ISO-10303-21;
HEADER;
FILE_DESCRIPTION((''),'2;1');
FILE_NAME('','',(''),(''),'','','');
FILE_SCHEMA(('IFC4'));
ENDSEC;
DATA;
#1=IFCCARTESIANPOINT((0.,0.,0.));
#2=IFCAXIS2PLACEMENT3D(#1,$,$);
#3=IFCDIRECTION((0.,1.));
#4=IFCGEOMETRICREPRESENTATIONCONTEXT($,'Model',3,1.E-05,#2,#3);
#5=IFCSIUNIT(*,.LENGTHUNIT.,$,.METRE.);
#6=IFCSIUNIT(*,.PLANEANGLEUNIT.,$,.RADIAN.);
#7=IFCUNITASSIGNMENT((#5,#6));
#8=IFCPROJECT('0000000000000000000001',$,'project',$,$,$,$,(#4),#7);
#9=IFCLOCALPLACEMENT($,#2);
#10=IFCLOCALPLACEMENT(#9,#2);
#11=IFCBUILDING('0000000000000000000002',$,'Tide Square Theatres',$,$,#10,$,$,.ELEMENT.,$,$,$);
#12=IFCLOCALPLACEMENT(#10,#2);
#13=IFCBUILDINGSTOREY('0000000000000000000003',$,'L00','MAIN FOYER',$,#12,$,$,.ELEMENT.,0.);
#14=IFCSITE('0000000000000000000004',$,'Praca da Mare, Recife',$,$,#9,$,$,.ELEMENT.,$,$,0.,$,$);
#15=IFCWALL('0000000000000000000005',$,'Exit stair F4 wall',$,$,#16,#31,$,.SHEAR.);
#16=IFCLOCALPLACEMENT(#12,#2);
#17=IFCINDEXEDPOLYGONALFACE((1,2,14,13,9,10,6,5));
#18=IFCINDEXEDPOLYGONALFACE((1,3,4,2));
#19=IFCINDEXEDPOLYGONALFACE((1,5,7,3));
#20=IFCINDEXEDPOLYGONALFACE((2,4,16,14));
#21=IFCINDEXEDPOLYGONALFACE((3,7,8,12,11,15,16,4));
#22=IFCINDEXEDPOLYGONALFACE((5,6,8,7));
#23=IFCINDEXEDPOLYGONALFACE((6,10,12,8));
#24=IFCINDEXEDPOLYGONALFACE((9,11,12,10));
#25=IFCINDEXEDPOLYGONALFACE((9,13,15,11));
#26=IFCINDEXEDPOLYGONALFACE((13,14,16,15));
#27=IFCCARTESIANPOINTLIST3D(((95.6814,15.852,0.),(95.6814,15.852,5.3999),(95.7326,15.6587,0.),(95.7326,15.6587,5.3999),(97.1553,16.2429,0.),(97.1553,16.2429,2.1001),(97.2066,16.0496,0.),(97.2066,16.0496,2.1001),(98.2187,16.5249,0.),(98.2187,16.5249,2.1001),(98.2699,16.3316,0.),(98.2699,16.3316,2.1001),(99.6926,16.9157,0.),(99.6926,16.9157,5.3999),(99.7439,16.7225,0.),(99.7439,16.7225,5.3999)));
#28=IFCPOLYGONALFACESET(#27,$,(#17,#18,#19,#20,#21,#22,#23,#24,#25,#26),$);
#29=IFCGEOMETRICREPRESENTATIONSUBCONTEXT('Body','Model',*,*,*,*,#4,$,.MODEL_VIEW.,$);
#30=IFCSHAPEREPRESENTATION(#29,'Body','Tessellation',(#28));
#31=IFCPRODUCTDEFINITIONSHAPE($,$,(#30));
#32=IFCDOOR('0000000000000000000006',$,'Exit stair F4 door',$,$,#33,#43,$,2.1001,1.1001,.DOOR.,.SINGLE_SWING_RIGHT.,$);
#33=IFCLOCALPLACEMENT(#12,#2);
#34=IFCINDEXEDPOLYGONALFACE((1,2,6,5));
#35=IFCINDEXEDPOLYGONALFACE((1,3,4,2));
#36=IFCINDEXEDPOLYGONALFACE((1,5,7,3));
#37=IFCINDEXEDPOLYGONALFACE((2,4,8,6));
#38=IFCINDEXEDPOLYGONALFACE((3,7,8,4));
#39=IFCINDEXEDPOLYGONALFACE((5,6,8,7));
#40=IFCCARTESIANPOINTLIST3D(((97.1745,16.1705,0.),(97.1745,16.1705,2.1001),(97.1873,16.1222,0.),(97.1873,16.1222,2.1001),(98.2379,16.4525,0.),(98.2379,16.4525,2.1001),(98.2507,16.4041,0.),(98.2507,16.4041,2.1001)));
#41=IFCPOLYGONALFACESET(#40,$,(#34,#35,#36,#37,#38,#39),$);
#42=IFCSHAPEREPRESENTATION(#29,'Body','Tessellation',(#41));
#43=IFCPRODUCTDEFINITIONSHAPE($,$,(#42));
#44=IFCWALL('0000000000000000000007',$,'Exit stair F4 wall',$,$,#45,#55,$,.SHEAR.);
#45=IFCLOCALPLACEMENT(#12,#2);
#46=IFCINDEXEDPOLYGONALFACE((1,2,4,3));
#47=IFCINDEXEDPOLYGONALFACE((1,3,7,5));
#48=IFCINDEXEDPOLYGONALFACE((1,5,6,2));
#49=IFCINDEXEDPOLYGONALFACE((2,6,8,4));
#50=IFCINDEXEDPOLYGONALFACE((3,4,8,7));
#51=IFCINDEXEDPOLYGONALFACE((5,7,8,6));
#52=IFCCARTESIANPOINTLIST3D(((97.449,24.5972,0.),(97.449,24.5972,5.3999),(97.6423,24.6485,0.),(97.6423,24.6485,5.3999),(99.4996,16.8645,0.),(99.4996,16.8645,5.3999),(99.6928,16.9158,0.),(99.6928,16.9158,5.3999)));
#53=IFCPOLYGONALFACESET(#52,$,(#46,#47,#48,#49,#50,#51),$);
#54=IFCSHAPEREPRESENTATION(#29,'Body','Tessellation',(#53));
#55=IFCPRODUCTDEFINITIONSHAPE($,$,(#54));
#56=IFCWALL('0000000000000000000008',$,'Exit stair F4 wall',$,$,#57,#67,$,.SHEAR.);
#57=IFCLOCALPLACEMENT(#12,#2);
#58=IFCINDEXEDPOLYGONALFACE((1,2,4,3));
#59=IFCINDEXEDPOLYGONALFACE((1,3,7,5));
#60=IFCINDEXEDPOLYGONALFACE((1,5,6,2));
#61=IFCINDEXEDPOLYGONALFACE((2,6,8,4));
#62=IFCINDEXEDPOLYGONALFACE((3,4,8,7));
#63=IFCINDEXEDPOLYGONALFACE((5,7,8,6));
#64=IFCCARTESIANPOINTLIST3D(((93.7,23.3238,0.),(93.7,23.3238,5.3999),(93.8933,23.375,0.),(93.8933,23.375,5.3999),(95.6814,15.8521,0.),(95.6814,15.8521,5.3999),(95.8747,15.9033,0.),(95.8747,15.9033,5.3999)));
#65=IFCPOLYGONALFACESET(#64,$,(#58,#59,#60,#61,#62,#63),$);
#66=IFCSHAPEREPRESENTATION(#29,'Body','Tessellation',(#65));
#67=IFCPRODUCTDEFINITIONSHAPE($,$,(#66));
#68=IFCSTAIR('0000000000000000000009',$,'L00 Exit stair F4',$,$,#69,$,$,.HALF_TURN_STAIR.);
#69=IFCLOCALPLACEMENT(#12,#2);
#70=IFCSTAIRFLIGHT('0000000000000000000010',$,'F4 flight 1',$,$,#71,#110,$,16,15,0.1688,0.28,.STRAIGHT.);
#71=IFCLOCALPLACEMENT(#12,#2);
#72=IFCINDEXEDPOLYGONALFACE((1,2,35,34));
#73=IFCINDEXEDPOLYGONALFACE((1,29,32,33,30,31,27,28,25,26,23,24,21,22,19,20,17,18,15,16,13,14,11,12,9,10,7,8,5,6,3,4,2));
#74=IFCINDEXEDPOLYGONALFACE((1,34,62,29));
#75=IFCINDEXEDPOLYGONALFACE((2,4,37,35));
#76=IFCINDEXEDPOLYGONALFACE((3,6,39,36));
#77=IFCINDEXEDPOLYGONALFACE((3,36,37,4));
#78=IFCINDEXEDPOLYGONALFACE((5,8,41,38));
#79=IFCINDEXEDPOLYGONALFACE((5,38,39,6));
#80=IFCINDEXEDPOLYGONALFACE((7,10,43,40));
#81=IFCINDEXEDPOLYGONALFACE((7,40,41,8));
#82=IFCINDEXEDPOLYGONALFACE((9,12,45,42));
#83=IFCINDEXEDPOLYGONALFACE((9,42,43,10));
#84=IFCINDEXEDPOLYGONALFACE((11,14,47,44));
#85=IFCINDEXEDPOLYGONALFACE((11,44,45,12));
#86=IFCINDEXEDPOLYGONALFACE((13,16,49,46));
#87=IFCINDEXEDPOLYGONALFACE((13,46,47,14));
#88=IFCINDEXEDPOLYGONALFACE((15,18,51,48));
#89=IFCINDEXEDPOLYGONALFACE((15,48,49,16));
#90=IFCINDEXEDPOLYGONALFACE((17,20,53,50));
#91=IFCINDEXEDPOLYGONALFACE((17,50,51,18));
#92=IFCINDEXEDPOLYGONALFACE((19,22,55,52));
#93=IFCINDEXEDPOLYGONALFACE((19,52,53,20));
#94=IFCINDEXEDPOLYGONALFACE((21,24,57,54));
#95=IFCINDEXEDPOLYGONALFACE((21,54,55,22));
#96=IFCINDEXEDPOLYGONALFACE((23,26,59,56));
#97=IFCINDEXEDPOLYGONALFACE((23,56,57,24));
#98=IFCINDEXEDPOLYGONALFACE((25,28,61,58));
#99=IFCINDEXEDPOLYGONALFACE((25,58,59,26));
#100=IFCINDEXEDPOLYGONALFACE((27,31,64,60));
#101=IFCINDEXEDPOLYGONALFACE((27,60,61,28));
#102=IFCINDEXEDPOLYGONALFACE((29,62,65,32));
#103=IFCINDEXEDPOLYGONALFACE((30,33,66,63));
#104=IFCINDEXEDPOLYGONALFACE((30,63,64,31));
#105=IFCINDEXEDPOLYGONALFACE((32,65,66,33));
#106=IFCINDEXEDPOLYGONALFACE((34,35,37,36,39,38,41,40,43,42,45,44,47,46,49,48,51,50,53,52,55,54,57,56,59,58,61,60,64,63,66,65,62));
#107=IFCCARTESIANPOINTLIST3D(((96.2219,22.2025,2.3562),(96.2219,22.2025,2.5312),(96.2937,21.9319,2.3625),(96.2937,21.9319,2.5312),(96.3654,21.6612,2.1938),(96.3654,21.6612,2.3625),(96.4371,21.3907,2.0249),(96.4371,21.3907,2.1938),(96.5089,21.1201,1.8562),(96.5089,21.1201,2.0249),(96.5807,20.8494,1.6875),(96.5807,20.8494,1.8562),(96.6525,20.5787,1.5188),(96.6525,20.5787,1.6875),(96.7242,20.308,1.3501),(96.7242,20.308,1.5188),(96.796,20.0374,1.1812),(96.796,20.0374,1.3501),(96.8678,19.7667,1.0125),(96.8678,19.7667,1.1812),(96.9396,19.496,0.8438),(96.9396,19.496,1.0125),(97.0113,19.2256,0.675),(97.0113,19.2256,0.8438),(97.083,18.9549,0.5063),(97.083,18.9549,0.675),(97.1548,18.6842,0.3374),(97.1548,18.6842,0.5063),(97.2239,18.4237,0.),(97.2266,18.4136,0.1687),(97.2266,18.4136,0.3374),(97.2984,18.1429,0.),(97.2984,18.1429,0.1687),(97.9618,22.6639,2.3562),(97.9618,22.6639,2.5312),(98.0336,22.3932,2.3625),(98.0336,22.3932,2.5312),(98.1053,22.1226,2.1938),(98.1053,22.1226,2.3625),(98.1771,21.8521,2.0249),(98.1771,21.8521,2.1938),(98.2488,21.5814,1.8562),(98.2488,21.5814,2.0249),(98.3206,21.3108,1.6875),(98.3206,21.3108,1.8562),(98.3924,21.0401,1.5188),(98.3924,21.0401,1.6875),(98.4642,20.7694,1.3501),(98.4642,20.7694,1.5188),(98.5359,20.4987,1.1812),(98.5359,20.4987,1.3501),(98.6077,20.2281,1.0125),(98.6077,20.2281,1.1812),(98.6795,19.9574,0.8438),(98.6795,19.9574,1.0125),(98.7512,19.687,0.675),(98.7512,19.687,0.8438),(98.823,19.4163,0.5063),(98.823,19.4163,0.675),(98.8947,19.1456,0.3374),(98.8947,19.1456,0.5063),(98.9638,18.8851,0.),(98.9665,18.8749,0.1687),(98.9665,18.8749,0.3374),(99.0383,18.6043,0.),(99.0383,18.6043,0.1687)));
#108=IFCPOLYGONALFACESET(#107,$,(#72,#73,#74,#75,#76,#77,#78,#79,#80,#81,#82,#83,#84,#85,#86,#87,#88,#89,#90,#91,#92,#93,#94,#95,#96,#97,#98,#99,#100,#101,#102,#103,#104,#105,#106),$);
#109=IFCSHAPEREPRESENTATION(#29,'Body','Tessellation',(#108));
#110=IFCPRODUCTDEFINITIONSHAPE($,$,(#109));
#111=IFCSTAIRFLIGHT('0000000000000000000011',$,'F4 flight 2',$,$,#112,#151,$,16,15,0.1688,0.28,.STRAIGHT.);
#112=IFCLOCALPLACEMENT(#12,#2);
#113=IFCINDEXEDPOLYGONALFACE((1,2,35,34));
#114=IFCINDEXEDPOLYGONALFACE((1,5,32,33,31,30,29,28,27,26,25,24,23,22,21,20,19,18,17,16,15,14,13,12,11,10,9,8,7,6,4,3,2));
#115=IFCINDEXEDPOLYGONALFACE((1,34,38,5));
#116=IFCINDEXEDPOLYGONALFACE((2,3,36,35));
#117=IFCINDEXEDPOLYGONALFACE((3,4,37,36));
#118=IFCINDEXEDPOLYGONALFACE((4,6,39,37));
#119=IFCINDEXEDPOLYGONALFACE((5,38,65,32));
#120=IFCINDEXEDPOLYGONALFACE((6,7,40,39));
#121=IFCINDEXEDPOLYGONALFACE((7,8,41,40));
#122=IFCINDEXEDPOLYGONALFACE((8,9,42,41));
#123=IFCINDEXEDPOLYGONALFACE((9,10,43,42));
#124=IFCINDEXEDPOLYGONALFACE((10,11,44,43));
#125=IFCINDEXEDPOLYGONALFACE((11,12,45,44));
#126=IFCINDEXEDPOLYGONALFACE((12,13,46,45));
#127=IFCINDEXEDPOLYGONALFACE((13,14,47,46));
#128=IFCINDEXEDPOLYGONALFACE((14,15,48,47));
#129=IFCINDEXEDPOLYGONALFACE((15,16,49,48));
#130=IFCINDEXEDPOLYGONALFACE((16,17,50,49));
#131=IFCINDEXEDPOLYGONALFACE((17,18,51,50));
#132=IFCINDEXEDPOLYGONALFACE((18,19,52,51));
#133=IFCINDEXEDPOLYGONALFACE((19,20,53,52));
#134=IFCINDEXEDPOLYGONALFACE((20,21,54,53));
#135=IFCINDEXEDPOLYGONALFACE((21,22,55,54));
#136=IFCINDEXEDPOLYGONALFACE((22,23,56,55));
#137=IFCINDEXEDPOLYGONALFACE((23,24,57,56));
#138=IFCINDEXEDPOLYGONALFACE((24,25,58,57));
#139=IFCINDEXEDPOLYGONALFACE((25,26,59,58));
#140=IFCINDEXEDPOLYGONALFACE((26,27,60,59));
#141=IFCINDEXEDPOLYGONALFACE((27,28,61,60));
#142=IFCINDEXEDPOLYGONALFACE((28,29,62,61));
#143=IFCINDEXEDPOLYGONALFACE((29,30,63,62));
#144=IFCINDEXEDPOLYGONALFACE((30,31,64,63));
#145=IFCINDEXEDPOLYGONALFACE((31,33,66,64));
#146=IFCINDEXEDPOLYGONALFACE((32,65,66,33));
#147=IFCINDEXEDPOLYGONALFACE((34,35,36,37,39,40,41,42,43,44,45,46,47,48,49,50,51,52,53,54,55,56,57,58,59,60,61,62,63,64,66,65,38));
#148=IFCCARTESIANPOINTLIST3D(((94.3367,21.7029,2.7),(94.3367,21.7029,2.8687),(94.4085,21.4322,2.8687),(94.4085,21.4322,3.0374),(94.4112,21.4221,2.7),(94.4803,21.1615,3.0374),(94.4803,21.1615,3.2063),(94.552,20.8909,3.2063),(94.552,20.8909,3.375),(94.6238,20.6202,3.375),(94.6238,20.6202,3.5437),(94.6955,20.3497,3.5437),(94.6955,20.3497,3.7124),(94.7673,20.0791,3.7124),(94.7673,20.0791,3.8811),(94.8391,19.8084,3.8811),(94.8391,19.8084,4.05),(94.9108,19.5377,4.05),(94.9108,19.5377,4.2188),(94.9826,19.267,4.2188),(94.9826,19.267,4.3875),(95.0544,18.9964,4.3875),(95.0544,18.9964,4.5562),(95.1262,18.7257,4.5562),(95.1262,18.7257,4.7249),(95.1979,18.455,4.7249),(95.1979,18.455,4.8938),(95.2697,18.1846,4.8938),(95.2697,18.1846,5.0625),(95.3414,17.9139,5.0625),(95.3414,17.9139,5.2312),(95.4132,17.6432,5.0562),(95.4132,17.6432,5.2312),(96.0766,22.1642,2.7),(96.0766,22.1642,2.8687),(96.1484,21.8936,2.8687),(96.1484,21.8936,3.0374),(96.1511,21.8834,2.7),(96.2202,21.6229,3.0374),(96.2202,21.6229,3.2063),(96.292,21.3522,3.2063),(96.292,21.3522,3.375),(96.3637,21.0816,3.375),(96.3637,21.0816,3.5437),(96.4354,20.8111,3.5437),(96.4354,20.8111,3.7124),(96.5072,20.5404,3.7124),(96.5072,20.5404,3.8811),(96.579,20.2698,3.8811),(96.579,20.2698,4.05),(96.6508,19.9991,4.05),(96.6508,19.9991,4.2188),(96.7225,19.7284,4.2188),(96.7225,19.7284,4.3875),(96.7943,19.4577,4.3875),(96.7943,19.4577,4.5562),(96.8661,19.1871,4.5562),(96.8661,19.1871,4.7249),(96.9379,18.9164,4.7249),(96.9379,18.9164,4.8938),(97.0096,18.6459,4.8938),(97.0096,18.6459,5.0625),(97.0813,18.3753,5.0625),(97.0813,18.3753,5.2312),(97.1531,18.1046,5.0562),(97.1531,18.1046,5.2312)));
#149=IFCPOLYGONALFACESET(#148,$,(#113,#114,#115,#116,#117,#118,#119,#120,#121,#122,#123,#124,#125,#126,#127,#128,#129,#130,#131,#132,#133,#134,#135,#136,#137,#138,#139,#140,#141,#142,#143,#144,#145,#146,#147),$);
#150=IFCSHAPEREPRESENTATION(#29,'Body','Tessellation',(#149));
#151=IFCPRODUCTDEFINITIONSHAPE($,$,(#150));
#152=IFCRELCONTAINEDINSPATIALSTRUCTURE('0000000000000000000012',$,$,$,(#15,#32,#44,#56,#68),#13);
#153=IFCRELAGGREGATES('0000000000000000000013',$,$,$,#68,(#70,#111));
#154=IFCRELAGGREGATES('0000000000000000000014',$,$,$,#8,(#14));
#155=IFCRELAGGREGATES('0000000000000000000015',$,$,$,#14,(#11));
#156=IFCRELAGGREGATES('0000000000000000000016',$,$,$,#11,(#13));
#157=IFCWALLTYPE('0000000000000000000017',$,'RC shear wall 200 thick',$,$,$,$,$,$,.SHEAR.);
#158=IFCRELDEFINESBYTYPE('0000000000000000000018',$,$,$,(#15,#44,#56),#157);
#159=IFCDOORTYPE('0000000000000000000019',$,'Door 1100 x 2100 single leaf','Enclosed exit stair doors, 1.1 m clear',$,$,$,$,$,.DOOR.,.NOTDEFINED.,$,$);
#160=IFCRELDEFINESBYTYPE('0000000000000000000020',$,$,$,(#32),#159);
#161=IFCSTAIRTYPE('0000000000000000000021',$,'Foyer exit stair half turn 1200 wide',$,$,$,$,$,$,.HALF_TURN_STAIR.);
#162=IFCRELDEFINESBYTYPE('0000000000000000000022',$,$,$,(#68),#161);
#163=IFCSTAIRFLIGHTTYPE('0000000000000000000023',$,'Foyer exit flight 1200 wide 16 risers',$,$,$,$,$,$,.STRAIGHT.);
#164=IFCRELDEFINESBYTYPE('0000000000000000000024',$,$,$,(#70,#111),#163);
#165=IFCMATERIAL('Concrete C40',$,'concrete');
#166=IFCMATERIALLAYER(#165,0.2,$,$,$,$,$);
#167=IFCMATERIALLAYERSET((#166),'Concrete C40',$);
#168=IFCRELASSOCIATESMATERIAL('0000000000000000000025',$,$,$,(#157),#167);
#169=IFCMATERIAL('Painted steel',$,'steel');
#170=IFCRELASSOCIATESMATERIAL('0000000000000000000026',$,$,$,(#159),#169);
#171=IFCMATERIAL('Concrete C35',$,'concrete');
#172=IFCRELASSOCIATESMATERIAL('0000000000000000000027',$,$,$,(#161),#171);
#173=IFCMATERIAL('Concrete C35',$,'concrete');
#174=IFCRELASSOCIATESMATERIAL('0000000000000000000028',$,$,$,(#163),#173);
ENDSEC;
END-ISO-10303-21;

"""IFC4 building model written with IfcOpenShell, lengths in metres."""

from ifc_helpers import new_model, si_unit, direction, frame, frame_2d, origin, place, context, subcontext, project, spatial, polyline, rectangle, outline, extrude, material, layer, layer_set, type_object, element, fill, aggregate, save


model = new_model("IFC4")

# Units and contexts
model_context = context("Model", 3, precision=1e-05, world=origin(), true_north=direction((0.0, 1.0)))
body_context = subcontext(model_context, "Body", "Model", "MODEL_VIEW")
ifc_project = project(units=[si_unit("LENGTHUNIT", "METRE"), si_unit("PLANEANGLEUNIT", "RADIAN")], contexts=[model_context])

# Site, building, storey
site_placement = place(None, origin())
site = spatial("IfcSite", under=ifc_project, at=site_placement, Name="Praca da Mare, Recife", CompositionType="ELEMENT", RefElevation=0.0)
building_placement = place(site_placement, origin())
building = spatial("IfcBuilding", under=site, at=building_placement, Name="Tide Square Theatres", CompositionType="ELEMENT")
storey_placement = place(building_placement, origin())
storey = spatial("IfcBuildingStorey", under=building, at=storey_placement, Name="L00", Description="MAIN FOYER", CompositionType="ELEMENT", Elevation=0.0)

# Wall, opening, door
ifc_material_1 = material(Name="Concrete C40", Category="concrete")
ifc_layer_1 = layer(ifc_material_1, 0.2)
ifc_layer_set_1 = layer_set([ifc_layer_1], Name="Concrete C40")
wall_type_1 = type_object("IfcWallType", Name="RC shear wall 200 thick", PredefinedType="SHEAR", material=ifc_layer_set_1)
wall_1_placement = place(storey_placement, frame((99.7183, 16.8191, 0.0), z_axis=(0.0, 0.0, 1.0), x_axis=(-0.96659, -0.256326, 0.0)))
wall_1 = element("IfcWall", 1, at=wall_1_placement, inside=storey, type_object=wall_type_1, Name="Exit stair F4 wall", PredefinedType="SHEAR", context=body_context, shape_type="SweptSolid", body=[
    extrude(rectangle(XDim=4.1499, YDim=0.2, at=frame_2d((2.075, 0.0))), origin(), (0.0, 0.0, 1.0), 5.3999),
])
opening_1_placement = place(wall_1_placement, frame((1.5249, 0.0, 0.0)))
opening_1 = element("IfcOpeningElement", 2, at=opening_1_placement, cuts=wall_1, PredefinedType="OPENING", context=body_context, shape_type="SweptSolid", body=[
    extrude(rectangle(XDim=1.1001, YDim=2.1001, at=frame_2d((0.55, 1.05))), frame((0.0, 0.1099, 0.0), z_axis=(0.0, -1.0, 0.0), x_axis=(1.0, 0.0, 0.0)), (0.0, 0.0, 1.0), 0.22),
])
ifc_material_2 = material(Name="Painted steel", Category="steel")
door_type_1 = type_object("IfcDoorType", Name="Door 1100 x 2100 single leaf", Description="Enclosed exit stair doors, 1.1 m clear", OperationType="NOTDEFINED", PredefinedType="DOOR", material=ifc_material_2)
door_1_placement = place(opening_1_placement, origin())
door_1 = element("IfcDoor", 3, at=door_1_placement, inside=storey, type_object=door_type_1, Name="Exit stair F4 door", OperationType="SINGLE_SWING_RIGHT", OverallHeight=2.1001, OverallWidth=1.1001, PredefinedType="DOOR", context=body_context, shape_type="SweptSolid", body=[
    extrude(rectangle(XDim=1.1001, YDim=2.1001, at=frame_2d((0.55, 1.05))), frame((0.0, 0.0249, 0.0), z_axis=(0.0, -1.0, 0.0), x_axis=(1.0, 0.0, 0.0)), (0.0, 0.0, 1.0), 0.05),
])
fill(opening_1, door_1)

# Walls
wall_2_placement = place(storey_placement, frame((99.5962, 16.8901, 0.0), z_axis=(0.0, 0.0, 1.0), x_axis=(-0.256319, 0.966592, 0.0)))
element("IfcWall", 4, at=wall_2_placement, inside=storey, type_object=wall_type_1, Name="Exit stair F4 wall", PredefinedType="SHEAR", context=body_context, shape_type="SweptSolid", body=[
    extrude(rectangle(XDim=8.0, YDim=0.2, at=frame_2d((4.0, 0.0))), origin(), (0.0, 0.0, 1.0), 5.3999),
])
wall_3_placement = place(storey_placement, frame((95.7781, 15.8777, 0.0), z_axis=(0.0, 0.0, 1.0), x_axis=(-0.256334, 0.966588, 0.0)))
element("IfcWall", 5, at=wall_3_placement, inside=storey, type_object=wall_type_1, Name="Exit stair F4 wall", PredefinedType="SHEAR", context=body_context, shape_type="SweptSolid", body=[
    extrude(rectangle(XDim=7.73, YDim=0.2, at=frame_2d((3.865, 0.0))), origin(), (0.0, 0.0, 1.0), 5.3999),
])

# Stair, stair flights
ifc_material_3 = material(Name="Concrete C35", Category="concrete")
stair_type = type_object("IfcStairType", Name="Foyer exit stair half turn 1200 wide", PredefinedType="HALF_TURN_STAIR", material=ifc_material_3)
stair_placement = place(storey_placement, origin())
stair = element("IfcStair", 6, at=stair_placement, inside=storey, type_object=stair_type, Name="L00 Exit stair F4", PredefinedType="HALF_TURN_STAIR")
ifc_material_4 = material(Name="Concrete C35", Category="concrete")
stair_flight_type = type_object("IfcStairFlightType", Name="Foyer exit flight 1200 wide 16 risers", PredefinedType="STRAIGHT", material=ifc_material_4)
stair_flight_1_placement = place(storey_placement, frame((98.1682, 18.3735, 0.0), z_axis=(0.0, 0.0, 1.0), x_axis=(-0.256311, 0.966594, 0.0)))
stair_flight_1 = element("IfcStairFlight", 7, at=stair_flight_1_placement, type_object=stair_flight_type, Name="F4 flight 1", NumberOfRisers=16, NumberOfTreads=15, PredefinedType="STRAIGHT", RiserHeight=0.1688, TreadLength=0.28, context=body_context, shape_type="SweptSolid", body=[
    extrude(outline(polyline([(0.0, 0.0), (0.0, 0.1687), (0.28, 0.1687), (0.28, 0.3374), (0.5601, 0.3374), (0.5601, 0.5063), (0.8401, 0.5063), (0.8401, 0.675), (1.1201, 0.675), (1.1201, 0.8438), (1.3999, 0.8438), (1.3999, 1.0125), (1.6799, 1.0125), (1.6799, 1.1812), (1.96, 1.1812), (1.96, 1.3501), (2.24, 1.3501), (2.24, 1.5188), (2.52, 1.5188), (2.52, 1.6875), (2.8, 1.6875), (2.8, 1.8562), (3.0801, 1.8562), (3.0801, 2.0249), (3.3601, 2.0249), (3.3601, 2.1938), (3.6399, 2.1938), (3.6399, 2.3625), (3.9199, 2.3625), (3.9199, 2.5312), (4.2, 2.5312), (4.2, 2.7), (4.2, 2.3562), (0.2905, 0.0), (0.0, 0.0)])), frame((0.0, 0.8999, 0.0), z_axis=(0.0, -1.0, 0.0), x_axis=(1.0, 0.0, 0.0)), (0.0, 0.0, 1.0), 1.8),
])
stair_flight_2_placement = place(storey_placement, frame((95.2068, 21.9336, 2.7), z_axis=(0.0, 0.0, 1.0), x_axis=(0.256311, -0.966594, 0.0)))
stair_flight_2 = element("IfcStairFlight", 8, at=stair_flight_2_placement, type_object=stair_flight_type, Name="F4 flight 2", NumberOfRisers=16, NumberOfTreads=15, PredefinedType="STRAIGHT", RiserHeight=0.1688, TreadLength=0.28, context=body_context, shape_type="SweptSolid", body=[
    extrude(outline(polyline([(0.0, 0.0), (0.0, 0.1687), (0.28, 0.1687), (0.28, 0.3374), (0.5601, 0.3374), (0.5601, 0.5063), (0.8401, 0.5063), (0.8401, 0.675), (1.1201, 0.675), (1.1201, 0.8438), (1.3999, 0.8438), (1.3999, 1.0125), (1.6799, 1.0125), (1.6799, 1.1812), (1.96, 1.1812), (1.96, 1.3501), (2.24, 1.3501), (2.24, 1.5188), (2.52, 1.5188), (2.52, 1.6875), (2.8, 1.6875), (2.8, 1.8562), (3.0801, 1.8562), (3.0801, 2.0249), (3.3601, 2.0249), (3.3601, 2.1938), (3.6399, 2.1938), (3.6399, 2.3625), (3.9199, 2.3625), (3.9199, 2.5312), (4.2, 2.5312), (4.2, 2.7), (4.2, 2.3562), (0.2905, 0.0), (0.0, 0.0)])), frame((0.0, 0.8999, 0.0), z_axis=(0.0, -1.0, 0.0), x_axis=(1.0, 0.0, 0.0)), (0.0, 0.0, 1.0), 1.8),
])
aggregate(stair, [stair_flight_1, stair_flight_2])

save(model, "model.ifc")
